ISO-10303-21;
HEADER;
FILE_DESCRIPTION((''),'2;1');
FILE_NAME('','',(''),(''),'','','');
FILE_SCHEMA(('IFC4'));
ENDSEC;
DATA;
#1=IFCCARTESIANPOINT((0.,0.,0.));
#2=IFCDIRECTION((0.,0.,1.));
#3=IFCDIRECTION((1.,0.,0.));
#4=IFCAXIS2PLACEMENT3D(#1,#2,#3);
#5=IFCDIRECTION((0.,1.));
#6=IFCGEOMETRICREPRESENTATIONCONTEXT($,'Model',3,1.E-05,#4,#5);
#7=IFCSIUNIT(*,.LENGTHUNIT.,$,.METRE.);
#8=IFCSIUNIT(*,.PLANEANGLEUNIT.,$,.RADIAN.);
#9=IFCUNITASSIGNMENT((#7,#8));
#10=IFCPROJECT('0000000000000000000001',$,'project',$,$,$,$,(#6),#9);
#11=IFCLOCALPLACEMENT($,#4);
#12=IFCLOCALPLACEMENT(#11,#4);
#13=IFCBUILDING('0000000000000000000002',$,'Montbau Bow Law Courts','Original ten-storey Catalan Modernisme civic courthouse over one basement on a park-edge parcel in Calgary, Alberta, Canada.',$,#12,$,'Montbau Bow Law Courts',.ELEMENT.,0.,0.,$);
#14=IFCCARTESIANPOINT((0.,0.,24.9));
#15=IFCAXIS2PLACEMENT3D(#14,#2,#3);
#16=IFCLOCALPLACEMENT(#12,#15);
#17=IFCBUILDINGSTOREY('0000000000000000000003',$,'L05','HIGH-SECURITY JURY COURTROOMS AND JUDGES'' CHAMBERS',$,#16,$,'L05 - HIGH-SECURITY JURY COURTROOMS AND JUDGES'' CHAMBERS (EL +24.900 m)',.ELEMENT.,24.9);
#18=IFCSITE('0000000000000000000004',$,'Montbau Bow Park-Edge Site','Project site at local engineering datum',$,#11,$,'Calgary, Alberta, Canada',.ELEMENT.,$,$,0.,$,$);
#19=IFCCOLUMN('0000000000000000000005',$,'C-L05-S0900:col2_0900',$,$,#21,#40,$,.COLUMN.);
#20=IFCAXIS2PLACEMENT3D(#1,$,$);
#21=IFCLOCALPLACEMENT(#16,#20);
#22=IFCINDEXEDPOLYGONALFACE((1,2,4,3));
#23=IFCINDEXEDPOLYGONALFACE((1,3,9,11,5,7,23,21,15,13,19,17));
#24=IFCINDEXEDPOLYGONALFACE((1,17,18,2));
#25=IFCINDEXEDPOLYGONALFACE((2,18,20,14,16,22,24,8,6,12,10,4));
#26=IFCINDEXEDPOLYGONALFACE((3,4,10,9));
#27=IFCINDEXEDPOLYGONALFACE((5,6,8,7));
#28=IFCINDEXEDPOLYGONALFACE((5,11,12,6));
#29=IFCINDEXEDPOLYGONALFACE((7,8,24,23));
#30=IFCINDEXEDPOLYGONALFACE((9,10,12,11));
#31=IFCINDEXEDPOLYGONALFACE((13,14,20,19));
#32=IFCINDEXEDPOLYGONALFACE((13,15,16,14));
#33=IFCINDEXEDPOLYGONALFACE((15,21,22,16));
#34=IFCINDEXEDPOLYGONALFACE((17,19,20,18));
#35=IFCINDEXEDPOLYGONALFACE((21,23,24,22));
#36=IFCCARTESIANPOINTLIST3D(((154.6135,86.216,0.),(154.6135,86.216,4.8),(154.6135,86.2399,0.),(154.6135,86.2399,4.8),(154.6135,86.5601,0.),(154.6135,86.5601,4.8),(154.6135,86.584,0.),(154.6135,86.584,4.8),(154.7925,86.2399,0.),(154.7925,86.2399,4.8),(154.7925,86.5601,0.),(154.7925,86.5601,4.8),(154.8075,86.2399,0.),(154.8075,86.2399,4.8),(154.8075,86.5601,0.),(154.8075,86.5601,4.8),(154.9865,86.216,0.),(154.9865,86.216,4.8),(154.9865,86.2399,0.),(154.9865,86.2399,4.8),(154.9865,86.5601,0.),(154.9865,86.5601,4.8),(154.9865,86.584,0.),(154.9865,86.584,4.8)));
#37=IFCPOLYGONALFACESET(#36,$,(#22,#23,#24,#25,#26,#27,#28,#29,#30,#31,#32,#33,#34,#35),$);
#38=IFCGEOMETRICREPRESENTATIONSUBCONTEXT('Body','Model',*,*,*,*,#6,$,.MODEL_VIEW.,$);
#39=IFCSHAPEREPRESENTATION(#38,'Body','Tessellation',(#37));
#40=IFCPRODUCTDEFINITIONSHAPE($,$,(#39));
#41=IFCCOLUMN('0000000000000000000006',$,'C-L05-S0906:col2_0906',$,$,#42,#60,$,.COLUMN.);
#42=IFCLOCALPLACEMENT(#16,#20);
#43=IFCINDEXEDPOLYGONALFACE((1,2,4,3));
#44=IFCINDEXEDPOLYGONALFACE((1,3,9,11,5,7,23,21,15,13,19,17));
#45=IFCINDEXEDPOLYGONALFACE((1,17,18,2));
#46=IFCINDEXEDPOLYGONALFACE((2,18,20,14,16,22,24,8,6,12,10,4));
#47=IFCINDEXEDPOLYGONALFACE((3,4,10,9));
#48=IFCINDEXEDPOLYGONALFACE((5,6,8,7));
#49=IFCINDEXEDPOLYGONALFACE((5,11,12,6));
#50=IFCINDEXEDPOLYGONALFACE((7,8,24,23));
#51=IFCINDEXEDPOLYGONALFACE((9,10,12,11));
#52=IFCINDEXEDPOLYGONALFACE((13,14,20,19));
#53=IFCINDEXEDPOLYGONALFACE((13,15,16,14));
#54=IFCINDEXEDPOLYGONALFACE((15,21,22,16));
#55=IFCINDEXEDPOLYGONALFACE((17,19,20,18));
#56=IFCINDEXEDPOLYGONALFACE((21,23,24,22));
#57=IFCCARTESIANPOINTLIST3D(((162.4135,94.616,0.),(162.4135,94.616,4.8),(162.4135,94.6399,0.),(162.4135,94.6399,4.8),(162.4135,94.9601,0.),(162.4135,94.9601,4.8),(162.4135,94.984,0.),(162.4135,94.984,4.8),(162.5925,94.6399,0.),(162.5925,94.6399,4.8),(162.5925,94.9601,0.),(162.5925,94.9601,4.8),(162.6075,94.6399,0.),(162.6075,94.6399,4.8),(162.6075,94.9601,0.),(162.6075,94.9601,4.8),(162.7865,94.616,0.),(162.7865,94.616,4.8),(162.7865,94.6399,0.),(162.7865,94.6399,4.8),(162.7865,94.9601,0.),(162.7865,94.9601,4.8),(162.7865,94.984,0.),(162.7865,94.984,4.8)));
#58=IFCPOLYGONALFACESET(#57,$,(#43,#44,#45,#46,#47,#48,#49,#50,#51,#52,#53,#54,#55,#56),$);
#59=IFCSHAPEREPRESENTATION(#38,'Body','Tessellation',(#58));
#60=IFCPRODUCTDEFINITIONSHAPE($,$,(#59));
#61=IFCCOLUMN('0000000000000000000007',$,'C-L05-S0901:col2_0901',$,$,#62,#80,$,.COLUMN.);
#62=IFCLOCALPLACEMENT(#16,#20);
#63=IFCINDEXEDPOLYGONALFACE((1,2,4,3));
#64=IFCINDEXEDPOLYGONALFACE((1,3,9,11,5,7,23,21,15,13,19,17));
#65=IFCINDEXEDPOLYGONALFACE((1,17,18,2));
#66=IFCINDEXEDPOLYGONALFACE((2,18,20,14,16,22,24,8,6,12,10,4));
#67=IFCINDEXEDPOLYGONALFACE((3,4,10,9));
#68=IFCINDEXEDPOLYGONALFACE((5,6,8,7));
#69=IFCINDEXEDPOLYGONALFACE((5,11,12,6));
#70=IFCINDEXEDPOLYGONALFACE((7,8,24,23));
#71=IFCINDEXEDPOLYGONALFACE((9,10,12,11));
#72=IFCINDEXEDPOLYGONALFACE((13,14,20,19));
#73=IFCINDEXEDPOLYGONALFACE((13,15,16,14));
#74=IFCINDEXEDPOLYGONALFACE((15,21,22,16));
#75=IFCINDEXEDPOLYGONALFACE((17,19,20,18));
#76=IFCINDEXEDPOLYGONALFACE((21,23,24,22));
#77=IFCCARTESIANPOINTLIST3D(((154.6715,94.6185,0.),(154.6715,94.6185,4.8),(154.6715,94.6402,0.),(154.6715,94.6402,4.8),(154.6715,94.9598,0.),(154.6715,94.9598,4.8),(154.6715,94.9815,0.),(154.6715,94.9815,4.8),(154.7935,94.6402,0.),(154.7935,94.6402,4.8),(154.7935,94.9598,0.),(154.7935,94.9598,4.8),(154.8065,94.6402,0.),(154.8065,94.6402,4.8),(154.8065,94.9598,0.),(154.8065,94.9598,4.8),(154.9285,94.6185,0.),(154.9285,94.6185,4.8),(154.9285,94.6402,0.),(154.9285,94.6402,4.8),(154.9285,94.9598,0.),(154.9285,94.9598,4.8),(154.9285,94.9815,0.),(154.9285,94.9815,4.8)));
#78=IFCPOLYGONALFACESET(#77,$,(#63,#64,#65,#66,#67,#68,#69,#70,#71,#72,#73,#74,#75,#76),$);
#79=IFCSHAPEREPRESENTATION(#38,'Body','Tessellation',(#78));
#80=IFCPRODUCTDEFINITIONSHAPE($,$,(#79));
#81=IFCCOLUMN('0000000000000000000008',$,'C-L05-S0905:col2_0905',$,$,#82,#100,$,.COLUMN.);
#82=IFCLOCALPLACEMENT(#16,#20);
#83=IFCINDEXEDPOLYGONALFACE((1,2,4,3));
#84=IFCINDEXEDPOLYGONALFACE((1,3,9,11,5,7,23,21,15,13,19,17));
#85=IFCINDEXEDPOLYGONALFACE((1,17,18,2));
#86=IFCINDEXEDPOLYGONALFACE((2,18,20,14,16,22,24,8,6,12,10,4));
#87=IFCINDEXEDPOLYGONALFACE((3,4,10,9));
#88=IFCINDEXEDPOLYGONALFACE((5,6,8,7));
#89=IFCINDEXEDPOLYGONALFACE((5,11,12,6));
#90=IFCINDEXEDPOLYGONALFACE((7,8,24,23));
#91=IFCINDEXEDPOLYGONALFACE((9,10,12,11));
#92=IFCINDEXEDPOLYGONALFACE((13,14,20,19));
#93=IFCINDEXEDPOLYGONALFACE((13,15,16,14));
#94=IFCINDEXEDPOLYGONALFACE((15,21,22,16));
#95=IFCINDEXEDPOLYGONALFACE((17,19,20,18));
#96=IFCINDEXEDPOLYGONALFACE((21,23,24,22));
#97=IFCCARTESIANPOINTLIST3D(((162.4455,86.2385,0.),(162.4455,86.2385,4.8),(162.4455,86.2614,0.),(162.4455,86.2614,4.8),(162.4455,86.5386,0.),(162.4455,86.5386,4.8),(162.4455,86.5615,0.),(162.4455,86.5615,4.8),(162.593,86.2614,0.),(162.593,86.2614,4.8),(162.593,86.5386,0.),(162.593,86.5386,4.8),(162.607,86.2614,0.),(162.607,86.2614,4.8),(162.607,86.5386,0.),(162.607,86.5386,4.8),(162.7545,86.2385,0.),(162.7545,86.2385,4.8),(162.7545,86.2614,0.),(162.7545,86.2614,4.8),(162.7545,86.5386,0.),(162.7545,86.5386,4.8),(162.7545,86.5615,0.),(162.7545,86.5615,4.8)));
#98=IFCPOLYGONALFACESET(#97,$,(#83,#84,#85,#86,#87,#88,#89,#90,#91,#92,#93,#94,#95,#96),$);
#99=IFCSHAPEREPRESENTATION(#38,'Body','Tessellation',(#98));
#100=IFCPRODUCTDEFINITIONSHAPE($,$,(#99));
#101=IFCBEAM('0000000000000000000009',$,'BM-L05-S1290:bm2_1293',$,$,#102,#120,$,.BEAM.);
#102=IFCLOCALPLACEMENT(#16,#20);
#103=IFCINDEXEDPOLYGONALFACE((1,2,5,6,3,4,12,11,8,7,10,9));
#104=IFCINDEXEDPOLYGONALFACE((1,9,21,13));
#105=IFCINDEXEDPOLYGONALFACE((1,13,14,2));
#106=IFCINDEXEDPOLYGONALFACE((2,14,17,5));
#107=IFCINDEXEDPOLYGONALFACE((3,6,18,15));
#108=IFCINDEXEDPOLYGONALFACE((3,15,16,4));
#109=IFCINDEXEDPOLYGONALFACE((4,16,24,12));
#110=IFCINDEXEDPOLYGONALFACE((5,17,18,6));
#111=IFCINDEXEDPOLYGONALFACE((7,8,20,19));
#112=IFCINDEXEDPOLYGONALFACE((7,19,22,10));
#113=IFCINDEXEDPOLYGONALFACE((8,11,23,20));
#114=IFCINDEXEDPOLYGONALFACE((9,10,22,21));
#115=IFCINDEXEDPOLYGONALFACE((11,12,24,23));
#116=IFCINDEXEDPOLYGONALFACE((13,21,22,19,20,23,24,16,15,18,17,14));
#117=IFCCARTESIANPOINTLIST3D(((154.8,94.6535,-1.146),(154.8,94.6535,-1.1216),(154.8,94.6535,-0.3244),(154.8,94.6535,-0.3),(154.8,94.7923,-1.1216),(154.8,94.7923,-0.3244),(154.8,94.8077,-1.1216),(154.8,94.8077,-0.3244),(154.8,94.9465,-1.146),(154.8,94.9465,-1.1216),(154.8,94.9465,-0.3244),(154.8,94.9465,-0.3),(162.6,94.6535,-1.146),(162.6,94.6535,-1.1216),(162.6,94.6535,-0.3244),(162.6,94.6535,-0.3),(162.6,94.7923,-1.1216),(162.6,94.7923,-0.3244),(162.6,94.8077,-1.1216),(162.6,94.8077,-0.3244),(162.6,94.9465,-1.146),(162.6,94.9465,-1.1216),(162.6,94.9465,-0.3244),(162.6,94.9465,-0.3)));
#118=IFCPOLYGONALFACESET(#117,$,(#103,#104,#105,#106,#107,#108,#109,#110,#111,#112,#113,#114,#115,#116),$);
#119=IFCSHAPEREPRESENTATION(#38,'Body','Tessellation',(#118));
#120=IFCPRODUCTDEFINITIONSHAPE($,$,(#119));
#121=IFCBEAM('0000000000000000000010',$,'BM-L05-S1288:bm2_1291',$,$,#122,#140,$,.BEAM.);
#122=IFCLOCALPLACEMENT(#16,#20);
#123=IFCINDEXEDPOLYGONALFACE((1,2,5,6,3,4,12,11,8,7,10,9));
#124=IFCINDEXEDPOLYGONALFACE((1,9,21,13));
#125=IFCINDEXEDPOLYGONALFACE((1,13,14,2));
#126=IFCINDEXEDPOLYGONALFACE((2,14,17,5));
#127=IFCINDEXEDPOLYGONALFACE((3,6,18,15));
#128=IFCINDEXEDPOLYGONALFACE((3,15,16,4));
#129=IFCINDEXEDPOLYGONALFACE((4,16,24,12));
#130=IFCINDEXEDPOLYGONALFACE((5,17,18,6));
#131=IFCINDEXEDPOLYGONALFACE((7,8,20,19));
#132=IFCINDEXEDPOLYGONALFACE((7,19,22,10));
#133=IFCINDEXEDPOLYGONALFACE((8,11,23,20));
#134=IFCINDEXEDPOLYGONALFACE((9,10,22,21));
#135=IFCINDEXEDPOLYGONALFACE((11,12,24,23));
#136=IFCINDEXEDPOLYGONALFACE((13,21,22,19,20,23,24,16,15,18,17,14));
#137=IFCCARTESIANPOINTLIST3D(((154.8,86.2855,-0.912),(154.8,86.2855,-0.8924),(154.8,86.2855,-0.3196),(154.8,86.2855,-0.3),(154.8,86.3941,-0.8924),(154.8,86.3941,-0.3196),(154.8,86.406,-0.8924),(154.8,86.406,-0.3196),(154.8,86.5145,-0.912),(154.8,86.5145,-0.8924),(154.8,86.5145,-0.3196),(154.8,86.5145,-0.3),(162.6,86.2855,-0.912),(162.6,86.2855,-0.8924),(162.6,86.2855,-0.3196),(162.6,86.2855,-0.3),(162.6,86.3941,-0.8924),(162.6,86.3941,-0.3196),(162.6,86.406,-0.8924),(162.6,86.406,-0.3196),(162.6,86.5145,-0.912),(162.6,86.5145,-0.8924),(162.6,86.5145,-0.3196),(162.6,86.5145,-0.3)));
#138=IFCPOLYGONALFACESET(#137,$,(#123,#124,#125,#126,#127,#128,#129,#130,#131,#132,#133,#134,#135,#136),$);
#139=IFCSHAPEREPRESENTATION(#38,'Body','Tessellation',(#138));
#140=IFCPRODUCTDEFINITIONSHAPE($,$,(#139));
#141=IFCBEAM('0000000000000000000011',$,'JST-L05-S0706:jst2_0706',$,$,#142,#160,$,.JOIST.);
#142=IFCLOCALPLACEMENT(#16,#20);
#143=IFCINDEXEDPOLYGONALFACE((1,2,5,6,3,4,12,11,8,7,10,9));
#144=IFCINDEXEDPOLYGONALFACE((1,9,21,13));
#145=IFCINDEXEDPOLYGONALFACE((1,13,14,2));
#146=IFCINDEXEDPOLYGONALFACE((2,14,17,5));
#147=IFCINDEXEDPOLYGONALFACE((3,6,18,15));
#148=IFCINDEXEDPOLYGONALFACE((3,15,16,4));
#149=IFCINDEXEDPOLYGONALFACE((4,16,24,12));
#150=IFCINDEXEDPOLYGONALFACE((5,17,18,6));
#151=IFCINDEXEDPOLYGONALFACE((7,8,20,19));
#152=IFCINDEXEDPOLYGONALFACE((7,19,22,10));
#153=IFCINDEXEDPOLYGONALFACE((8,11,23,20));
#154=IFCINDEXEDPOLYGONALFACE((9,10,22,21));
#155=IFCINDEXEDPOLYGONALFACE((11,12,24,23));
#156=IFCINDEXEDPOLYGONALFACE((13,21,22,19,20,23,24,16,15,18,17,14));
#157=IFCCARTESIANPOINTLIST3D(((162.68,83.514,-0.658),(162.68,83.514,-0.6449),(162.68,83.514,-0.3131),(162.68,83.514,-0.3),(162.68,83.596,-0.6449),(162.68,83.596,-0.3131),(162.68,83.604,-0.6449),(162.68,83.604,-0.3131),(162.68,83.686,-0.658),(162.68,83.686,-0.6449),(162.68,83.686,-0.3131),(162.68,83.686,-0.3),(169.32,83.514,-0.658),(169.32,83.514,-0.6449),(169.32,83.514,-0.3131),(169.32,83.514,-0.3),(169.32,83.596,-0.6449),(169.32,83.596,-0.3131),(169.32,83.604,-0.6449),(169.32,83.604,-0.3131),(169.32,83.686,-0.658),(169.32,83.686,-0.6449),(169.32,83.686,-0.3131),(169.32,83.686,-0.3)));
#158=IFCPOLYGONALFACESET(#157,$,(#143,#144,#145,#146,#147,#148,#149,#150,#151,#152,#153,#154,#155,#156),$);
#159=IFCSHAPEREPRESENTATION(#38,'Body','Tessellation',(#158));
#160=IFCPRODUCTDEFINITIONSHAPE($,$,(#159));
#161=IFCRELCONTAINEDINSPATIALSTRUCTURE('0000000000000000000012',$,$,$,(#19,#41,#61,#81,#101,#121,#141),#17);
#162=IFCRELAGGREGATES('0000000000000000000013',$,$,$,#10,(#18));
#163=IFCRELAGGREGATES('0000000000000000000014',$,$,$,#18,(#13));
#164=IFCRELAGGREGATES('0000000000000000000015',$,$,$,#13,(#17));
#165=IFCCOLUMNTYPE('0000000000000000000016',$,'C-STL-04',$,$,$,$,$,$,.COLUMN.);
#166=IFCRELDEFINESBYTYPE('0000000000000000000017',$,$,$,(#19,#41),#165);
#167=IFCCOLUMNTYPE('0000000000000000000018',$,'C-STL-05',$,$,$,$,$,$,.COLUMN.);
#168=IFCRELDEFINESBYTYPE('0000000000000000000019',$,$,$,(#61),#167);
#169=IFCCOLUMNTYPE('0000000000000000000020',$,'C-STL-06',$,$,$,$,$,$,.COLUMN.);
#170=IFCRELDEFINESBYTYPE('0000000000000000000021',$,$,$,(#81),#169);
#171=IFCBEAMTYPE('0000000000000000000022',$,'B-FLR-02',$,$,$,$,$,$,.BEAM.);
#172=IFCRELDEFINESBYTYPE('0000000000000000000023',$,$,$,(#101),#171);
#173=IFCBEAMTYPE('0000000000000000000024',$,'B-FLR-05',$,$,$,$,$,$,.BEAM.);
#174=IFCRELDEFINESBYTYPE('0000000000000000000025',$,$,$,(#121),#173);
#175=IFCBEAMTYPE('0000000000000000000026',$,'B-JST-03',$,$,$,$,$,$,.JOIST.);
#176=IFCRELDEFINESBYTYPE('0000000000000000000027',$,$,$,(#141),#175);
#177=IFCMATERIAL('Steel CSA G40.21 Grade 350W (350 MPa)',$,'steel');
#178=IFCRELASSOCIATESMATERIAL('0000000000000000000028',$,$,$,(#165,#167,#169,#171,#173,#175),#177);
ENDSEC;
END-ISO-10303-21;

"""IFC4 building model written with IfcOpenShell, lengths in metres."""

from ifc_helpers import new_model, si_unit, direction, frame, origin_with_axes, origin_2d_with_axis, place, context, subcontext, project, spatial, i_section, extrude, material, material_profile, profile_set, type_object, element, save


model = new_model("IFC4")

# Units and contexts
model_context = context("Model", 3, precision=1e-05, world=origin_with_axes(), true_north=direction((0.0, 1.0)))
body_context = subcontext(model_context, "Body", "Model", "MODEL_VIEW")
ifc_project = project(units=[si_unit("LENGTHUNIT", "METRE"), si_unit("PLANEANGLEUNIT", "RADIAN")], contexts=[model_context])

# Site, building, storey
site_placement = place(None, origin_with_axes())
site = spatial("IfcSite", under=ifc_project, at=site_placement, Name="Montbau Bow Park-Edge Site", Description="Project site at local engineering datum", LongName="Calgary, Alberta, Canada", CompositionType="ELEMENT", RefElevation=0.0)
building_placement = place(site_placement, origin_with_axes())
building = spatial("IfcBuilding", under=site, at=building_placement, Name="Montbau Bow Law Courts", Description="Original ten-storey Catalan Modernisme civic courthouse over one basement on a park-edge parcel in Calgary, Alberta, Canada.", LongName="Montbau Bow Law Courts", CompositionType="ELEMENT", ElevationOfRefHeight=0.0, ElevationOfTerrain=0.0)
storey_placement = place(building_placement, frame((0.0, 0.0, 24.9), z_axis=(0.0, 0.0, 1.0), x_axis=(1.0, 0.0, 0.0)))
storey = spatial("IfcBuildingStorey", under=building, at=storey_placement, Name="L05", Description="HIGH-SECURITY JURY COURTROOMS AND JUDGES' CHAMBERS", LongName="L05 - HIGH-SECURITY JURY COURTROOMS AND JUDGES' CHAMBERS (EL +24.900 m)", CompositionType="ELEMENT", Elevation=24.9)

# Columns
ifc_material_1 = material(Name="Steel CSA G40.21 Grade 350W (350 MPa)", Category="steel")
ifc_material_profile_1 = material_profile(ifc_material_1, i_section(OverallWidth=0.373, OverallDepth=0.368, WebThickness=0.015, FlangeThickness=0.0239, at=origin_2d_with_axis()), Name="W360X179", Category="Main", Priority=0)
ifc_profile_set_1 = profile_set([ifc_material_profile_1], Name="Steel CSA G40.21 Grade 350W (350 MPa)")
column_type_1 = type_object("IfcColumnType", Name="C-STL-04", PredefinedType="COLUMN", material=ifc_profile_set_1)
for number, where, z_axis, x_axis, name in (
    (1, (154.8, 86.4, 24.9), (0.0, 0.0, 1.0), (1.0, 0.0, 0.0), "C-L05-S0900:col2_0900"),
    (2, (162.6, 94.8, 24.9), (0.0, 0.0, 1.0), (1.0, 0.0, 0.0), "C-L05-S0906:col2_0906"),
):
    element("IfcColumn", number, at=place(None, frame(where, z_axis=z_axis, x_axis=x_axis)), inside=storey, type_object=column_type_1, Name=name, PredefinedType="COLUMN", context=body_context, shape_type="SweptSolid", body=[
        extrude(i_section(OverallWidth=0.373, OverallDepth=0.368, WebThickness=0.015, FlangeThickness=0.0239, at=origin_2d_with_axis()), origin_with_axes(), (0.0, 0.0, 1.0), 4.8),
    ])
ifc_material_profile_2 = material_profile(ifc_material_1, i_section(OverallWidth=0.257, OverallDepth=0.363, WebThickness=0.013, FlangeThickness=0.0217, at=origin_2d_with_axis()), Name="W360X122", Category="Main", Priority=0)
ifc_profile_set_2 = profile_set([ifc_material_profile_2], Name="Steel CSA G40.21 Grade 350W (350 MPa)")
column_type_2 = type_object("IfcColumnType", Name="C-STL-05", PredefinedType="COLUMN", material=ifc_profile_set_2)
column_1_placement = place(None, frame((154.8, 94.8, 24.9), z_axis=(0.0, 0.0, 1.0), x_axis=(1.0, 0.0, 0.0)))
element("IfcColumn", 3, at=column_1_placement, inside=storey, type_object=column_type_2, Name="C-L05-S0901:col2_0901", PredefinedType="COLUMN", context=body_context, shape_type="SweptSolid", body=[
    extrude(i_section(OverallWidth=0.257, OverallDepth=0.363, WebThickness=0.013, FlangeThickness=0.0217, at=origin_2d_with_axis()), origin_with_axes(), (0.0, 0.0, 1.0), 4.8),
])
ifc_material_profile_3 = material_profile(ifc_material_1, i_section(OverallWidth=0.309, OverallDepth=0.323, WebThickness=0.014, FlangeThickness=0.0229, at=origin_2d_with_axis()), Name="W310X143", Category="Main", Priority=0)
ifc_profile_set_3 = profile_set([ifc_material_profile_3], Name="Steel CSA G40.21 Grade 350W (350 MPa)")
column_type_3 = type_object("IfcColumnType", Name="C-STL-06", PredefinedType="COLUMN", material=ifc_profile_set_3)
column_2_placement = place(None, frame((162.6, 86.4, 24.9), z_axis=(0.0, 0.0, 1.0), x_axis=(1.0, 0.0, 0.0)))
element("IfcColumn", 4, at=column_2_placement, inside=storey, type_object=column_type_3, Name="C-L05-S0905:col2_0905", PredefinedType="COLUMN", context=body_context, shape_type="SweptSolid", body=[
    extrude(i_section(OverallWidth=0.309, OverallDepth=0.323, WebThickness=0.014, FlangeThickness=0.0229, at=origin_2d_with_axis()), origin_with_axes(), (0.0, 0.0, 1.0), 4.8),
])

# Beams
ifc_material_profile_4 = material_profile(ifc_material_1, i_section(OverallWidth=0.293, OverallDepth=0.846, WebThickness=0.0154, FlangeThickness=0.0244, at=origin_2d_with_axis()), Name="W840X210", Category="Main", Priority=0)
ifc_profile_set_4 = profile_set([ifc_material_profile_4], Name="Steel CSA G40.21 Grade 350W (350 MPa)")
beam_type_1 = type_object("IfcBeamType", Name="B-FLR-02", PredefinedType="BEAM", material=ifc_profile_set_4)
beam_1_placement = place(None, frame((154.8, 94.8, 24.177), z_axis=(1.0, 0.0, 0.0), x_axis=(0.0, 1.0, 0.0)))
element("IfcBeam", 5, at=beam_1_placement, inside=storey, type_object=beam_type_1, Name="BM-L05-S1290:bm2_1293", PredefinedType="BEAM", context=body_context, shape_type="SweptSolid", body=[
    extrude(i_section(OverallWidth=0.293, OverallDepth=0.846, WebThickness=0.0154, FlangeThickness=0.0244, at=origin_2d_with_axis()), origin_with_axes(), (0.0, 0.0, 1.0), 7.8),
])
ifc_material_profile_5 = material_profile(ifc_material_1, i_section(OverallWidth=0.229, OverallDepth=0.612, WebThickness=0.0119, FlangeThickness=0.0196, at=origin_2d_with_axis()), Name="W610X125", Category="Main", Priority=0)
ifc_profile_set_5 = profile_set([ifc_material_profile_5], Name="Steel CSA G40.21 Grade 350W (350 MPa)")
beam_type_2 = type_object("IfcBeamType", Name="B-FLR-05", PredefinedType="BEAM", material=ifc_profile_set_5)
beam_2_placement = place(None, frame((154.8, 86.4, 24.294), z_axis=(1.0, 0.0, 0.0), x_axis=(0.0, 1.0, 0.0)))
element("IfcBeam", 6, at=beam_2_placement, inside=storey, type_object=beam_type_2, Name="BM-L05-S1288:bm2_1291", PredefinedType="BEAM", context=body_context, shape_type="SweptSolid", body=[
    extrude(i_section(OverallWidth=0.229, OverallDepth=0.612, WebThickness=0.0119, FlangeThickness=0.0196, at=origin_2d_with_axis()), origin_with_axes(), (0.0, 0.0, 1.0), 7.8),
])
ifc_material_profile_6 = material_profile(ifc_material_1, i_section(OverallWidth=0.172, OverallDepth=0.358, WebThickness=0.0079, FlangeThickness=0.0131, at=origin_2d_with_axis()), Name="W360X57", Category="Main", Priority=0)
ifc_profile_set_6 = profile_set([ifc_material_profile_6], Name="Steel CSA G40.21 Grade 350W (350 MPa)")
beam_type_3 = type_object("IfcBeamType", Name="B-JST-03", PredefinedType="JOIST", material=ifc_profile_set_6)
beam_3_placement = place(None, frame((162.68, 83.6, 24.421), z_axis=(1.0, 0.0, 0.0), x_axis=(0.0, 1.0, 0.0)))
element("IfcBeam", 7, at=beam_3_placement, inside=storey, type_object=beam_type_3, Name="JST-L05-S0706:jst2_0706", PredefinedType="JOIST", context=body_context, shape_type="SweptSolid", body=[
    extrude(i_section(OverallWidth=0.172, OverallDepth=0.358, WebThickness=0.0079, FlangeThickness=0.0131, at=origin_2d_with_axis()), origin_with_axes(), (0.0, 0.0, 1.0), 6.64),
])

save(model, "model.ifc")
